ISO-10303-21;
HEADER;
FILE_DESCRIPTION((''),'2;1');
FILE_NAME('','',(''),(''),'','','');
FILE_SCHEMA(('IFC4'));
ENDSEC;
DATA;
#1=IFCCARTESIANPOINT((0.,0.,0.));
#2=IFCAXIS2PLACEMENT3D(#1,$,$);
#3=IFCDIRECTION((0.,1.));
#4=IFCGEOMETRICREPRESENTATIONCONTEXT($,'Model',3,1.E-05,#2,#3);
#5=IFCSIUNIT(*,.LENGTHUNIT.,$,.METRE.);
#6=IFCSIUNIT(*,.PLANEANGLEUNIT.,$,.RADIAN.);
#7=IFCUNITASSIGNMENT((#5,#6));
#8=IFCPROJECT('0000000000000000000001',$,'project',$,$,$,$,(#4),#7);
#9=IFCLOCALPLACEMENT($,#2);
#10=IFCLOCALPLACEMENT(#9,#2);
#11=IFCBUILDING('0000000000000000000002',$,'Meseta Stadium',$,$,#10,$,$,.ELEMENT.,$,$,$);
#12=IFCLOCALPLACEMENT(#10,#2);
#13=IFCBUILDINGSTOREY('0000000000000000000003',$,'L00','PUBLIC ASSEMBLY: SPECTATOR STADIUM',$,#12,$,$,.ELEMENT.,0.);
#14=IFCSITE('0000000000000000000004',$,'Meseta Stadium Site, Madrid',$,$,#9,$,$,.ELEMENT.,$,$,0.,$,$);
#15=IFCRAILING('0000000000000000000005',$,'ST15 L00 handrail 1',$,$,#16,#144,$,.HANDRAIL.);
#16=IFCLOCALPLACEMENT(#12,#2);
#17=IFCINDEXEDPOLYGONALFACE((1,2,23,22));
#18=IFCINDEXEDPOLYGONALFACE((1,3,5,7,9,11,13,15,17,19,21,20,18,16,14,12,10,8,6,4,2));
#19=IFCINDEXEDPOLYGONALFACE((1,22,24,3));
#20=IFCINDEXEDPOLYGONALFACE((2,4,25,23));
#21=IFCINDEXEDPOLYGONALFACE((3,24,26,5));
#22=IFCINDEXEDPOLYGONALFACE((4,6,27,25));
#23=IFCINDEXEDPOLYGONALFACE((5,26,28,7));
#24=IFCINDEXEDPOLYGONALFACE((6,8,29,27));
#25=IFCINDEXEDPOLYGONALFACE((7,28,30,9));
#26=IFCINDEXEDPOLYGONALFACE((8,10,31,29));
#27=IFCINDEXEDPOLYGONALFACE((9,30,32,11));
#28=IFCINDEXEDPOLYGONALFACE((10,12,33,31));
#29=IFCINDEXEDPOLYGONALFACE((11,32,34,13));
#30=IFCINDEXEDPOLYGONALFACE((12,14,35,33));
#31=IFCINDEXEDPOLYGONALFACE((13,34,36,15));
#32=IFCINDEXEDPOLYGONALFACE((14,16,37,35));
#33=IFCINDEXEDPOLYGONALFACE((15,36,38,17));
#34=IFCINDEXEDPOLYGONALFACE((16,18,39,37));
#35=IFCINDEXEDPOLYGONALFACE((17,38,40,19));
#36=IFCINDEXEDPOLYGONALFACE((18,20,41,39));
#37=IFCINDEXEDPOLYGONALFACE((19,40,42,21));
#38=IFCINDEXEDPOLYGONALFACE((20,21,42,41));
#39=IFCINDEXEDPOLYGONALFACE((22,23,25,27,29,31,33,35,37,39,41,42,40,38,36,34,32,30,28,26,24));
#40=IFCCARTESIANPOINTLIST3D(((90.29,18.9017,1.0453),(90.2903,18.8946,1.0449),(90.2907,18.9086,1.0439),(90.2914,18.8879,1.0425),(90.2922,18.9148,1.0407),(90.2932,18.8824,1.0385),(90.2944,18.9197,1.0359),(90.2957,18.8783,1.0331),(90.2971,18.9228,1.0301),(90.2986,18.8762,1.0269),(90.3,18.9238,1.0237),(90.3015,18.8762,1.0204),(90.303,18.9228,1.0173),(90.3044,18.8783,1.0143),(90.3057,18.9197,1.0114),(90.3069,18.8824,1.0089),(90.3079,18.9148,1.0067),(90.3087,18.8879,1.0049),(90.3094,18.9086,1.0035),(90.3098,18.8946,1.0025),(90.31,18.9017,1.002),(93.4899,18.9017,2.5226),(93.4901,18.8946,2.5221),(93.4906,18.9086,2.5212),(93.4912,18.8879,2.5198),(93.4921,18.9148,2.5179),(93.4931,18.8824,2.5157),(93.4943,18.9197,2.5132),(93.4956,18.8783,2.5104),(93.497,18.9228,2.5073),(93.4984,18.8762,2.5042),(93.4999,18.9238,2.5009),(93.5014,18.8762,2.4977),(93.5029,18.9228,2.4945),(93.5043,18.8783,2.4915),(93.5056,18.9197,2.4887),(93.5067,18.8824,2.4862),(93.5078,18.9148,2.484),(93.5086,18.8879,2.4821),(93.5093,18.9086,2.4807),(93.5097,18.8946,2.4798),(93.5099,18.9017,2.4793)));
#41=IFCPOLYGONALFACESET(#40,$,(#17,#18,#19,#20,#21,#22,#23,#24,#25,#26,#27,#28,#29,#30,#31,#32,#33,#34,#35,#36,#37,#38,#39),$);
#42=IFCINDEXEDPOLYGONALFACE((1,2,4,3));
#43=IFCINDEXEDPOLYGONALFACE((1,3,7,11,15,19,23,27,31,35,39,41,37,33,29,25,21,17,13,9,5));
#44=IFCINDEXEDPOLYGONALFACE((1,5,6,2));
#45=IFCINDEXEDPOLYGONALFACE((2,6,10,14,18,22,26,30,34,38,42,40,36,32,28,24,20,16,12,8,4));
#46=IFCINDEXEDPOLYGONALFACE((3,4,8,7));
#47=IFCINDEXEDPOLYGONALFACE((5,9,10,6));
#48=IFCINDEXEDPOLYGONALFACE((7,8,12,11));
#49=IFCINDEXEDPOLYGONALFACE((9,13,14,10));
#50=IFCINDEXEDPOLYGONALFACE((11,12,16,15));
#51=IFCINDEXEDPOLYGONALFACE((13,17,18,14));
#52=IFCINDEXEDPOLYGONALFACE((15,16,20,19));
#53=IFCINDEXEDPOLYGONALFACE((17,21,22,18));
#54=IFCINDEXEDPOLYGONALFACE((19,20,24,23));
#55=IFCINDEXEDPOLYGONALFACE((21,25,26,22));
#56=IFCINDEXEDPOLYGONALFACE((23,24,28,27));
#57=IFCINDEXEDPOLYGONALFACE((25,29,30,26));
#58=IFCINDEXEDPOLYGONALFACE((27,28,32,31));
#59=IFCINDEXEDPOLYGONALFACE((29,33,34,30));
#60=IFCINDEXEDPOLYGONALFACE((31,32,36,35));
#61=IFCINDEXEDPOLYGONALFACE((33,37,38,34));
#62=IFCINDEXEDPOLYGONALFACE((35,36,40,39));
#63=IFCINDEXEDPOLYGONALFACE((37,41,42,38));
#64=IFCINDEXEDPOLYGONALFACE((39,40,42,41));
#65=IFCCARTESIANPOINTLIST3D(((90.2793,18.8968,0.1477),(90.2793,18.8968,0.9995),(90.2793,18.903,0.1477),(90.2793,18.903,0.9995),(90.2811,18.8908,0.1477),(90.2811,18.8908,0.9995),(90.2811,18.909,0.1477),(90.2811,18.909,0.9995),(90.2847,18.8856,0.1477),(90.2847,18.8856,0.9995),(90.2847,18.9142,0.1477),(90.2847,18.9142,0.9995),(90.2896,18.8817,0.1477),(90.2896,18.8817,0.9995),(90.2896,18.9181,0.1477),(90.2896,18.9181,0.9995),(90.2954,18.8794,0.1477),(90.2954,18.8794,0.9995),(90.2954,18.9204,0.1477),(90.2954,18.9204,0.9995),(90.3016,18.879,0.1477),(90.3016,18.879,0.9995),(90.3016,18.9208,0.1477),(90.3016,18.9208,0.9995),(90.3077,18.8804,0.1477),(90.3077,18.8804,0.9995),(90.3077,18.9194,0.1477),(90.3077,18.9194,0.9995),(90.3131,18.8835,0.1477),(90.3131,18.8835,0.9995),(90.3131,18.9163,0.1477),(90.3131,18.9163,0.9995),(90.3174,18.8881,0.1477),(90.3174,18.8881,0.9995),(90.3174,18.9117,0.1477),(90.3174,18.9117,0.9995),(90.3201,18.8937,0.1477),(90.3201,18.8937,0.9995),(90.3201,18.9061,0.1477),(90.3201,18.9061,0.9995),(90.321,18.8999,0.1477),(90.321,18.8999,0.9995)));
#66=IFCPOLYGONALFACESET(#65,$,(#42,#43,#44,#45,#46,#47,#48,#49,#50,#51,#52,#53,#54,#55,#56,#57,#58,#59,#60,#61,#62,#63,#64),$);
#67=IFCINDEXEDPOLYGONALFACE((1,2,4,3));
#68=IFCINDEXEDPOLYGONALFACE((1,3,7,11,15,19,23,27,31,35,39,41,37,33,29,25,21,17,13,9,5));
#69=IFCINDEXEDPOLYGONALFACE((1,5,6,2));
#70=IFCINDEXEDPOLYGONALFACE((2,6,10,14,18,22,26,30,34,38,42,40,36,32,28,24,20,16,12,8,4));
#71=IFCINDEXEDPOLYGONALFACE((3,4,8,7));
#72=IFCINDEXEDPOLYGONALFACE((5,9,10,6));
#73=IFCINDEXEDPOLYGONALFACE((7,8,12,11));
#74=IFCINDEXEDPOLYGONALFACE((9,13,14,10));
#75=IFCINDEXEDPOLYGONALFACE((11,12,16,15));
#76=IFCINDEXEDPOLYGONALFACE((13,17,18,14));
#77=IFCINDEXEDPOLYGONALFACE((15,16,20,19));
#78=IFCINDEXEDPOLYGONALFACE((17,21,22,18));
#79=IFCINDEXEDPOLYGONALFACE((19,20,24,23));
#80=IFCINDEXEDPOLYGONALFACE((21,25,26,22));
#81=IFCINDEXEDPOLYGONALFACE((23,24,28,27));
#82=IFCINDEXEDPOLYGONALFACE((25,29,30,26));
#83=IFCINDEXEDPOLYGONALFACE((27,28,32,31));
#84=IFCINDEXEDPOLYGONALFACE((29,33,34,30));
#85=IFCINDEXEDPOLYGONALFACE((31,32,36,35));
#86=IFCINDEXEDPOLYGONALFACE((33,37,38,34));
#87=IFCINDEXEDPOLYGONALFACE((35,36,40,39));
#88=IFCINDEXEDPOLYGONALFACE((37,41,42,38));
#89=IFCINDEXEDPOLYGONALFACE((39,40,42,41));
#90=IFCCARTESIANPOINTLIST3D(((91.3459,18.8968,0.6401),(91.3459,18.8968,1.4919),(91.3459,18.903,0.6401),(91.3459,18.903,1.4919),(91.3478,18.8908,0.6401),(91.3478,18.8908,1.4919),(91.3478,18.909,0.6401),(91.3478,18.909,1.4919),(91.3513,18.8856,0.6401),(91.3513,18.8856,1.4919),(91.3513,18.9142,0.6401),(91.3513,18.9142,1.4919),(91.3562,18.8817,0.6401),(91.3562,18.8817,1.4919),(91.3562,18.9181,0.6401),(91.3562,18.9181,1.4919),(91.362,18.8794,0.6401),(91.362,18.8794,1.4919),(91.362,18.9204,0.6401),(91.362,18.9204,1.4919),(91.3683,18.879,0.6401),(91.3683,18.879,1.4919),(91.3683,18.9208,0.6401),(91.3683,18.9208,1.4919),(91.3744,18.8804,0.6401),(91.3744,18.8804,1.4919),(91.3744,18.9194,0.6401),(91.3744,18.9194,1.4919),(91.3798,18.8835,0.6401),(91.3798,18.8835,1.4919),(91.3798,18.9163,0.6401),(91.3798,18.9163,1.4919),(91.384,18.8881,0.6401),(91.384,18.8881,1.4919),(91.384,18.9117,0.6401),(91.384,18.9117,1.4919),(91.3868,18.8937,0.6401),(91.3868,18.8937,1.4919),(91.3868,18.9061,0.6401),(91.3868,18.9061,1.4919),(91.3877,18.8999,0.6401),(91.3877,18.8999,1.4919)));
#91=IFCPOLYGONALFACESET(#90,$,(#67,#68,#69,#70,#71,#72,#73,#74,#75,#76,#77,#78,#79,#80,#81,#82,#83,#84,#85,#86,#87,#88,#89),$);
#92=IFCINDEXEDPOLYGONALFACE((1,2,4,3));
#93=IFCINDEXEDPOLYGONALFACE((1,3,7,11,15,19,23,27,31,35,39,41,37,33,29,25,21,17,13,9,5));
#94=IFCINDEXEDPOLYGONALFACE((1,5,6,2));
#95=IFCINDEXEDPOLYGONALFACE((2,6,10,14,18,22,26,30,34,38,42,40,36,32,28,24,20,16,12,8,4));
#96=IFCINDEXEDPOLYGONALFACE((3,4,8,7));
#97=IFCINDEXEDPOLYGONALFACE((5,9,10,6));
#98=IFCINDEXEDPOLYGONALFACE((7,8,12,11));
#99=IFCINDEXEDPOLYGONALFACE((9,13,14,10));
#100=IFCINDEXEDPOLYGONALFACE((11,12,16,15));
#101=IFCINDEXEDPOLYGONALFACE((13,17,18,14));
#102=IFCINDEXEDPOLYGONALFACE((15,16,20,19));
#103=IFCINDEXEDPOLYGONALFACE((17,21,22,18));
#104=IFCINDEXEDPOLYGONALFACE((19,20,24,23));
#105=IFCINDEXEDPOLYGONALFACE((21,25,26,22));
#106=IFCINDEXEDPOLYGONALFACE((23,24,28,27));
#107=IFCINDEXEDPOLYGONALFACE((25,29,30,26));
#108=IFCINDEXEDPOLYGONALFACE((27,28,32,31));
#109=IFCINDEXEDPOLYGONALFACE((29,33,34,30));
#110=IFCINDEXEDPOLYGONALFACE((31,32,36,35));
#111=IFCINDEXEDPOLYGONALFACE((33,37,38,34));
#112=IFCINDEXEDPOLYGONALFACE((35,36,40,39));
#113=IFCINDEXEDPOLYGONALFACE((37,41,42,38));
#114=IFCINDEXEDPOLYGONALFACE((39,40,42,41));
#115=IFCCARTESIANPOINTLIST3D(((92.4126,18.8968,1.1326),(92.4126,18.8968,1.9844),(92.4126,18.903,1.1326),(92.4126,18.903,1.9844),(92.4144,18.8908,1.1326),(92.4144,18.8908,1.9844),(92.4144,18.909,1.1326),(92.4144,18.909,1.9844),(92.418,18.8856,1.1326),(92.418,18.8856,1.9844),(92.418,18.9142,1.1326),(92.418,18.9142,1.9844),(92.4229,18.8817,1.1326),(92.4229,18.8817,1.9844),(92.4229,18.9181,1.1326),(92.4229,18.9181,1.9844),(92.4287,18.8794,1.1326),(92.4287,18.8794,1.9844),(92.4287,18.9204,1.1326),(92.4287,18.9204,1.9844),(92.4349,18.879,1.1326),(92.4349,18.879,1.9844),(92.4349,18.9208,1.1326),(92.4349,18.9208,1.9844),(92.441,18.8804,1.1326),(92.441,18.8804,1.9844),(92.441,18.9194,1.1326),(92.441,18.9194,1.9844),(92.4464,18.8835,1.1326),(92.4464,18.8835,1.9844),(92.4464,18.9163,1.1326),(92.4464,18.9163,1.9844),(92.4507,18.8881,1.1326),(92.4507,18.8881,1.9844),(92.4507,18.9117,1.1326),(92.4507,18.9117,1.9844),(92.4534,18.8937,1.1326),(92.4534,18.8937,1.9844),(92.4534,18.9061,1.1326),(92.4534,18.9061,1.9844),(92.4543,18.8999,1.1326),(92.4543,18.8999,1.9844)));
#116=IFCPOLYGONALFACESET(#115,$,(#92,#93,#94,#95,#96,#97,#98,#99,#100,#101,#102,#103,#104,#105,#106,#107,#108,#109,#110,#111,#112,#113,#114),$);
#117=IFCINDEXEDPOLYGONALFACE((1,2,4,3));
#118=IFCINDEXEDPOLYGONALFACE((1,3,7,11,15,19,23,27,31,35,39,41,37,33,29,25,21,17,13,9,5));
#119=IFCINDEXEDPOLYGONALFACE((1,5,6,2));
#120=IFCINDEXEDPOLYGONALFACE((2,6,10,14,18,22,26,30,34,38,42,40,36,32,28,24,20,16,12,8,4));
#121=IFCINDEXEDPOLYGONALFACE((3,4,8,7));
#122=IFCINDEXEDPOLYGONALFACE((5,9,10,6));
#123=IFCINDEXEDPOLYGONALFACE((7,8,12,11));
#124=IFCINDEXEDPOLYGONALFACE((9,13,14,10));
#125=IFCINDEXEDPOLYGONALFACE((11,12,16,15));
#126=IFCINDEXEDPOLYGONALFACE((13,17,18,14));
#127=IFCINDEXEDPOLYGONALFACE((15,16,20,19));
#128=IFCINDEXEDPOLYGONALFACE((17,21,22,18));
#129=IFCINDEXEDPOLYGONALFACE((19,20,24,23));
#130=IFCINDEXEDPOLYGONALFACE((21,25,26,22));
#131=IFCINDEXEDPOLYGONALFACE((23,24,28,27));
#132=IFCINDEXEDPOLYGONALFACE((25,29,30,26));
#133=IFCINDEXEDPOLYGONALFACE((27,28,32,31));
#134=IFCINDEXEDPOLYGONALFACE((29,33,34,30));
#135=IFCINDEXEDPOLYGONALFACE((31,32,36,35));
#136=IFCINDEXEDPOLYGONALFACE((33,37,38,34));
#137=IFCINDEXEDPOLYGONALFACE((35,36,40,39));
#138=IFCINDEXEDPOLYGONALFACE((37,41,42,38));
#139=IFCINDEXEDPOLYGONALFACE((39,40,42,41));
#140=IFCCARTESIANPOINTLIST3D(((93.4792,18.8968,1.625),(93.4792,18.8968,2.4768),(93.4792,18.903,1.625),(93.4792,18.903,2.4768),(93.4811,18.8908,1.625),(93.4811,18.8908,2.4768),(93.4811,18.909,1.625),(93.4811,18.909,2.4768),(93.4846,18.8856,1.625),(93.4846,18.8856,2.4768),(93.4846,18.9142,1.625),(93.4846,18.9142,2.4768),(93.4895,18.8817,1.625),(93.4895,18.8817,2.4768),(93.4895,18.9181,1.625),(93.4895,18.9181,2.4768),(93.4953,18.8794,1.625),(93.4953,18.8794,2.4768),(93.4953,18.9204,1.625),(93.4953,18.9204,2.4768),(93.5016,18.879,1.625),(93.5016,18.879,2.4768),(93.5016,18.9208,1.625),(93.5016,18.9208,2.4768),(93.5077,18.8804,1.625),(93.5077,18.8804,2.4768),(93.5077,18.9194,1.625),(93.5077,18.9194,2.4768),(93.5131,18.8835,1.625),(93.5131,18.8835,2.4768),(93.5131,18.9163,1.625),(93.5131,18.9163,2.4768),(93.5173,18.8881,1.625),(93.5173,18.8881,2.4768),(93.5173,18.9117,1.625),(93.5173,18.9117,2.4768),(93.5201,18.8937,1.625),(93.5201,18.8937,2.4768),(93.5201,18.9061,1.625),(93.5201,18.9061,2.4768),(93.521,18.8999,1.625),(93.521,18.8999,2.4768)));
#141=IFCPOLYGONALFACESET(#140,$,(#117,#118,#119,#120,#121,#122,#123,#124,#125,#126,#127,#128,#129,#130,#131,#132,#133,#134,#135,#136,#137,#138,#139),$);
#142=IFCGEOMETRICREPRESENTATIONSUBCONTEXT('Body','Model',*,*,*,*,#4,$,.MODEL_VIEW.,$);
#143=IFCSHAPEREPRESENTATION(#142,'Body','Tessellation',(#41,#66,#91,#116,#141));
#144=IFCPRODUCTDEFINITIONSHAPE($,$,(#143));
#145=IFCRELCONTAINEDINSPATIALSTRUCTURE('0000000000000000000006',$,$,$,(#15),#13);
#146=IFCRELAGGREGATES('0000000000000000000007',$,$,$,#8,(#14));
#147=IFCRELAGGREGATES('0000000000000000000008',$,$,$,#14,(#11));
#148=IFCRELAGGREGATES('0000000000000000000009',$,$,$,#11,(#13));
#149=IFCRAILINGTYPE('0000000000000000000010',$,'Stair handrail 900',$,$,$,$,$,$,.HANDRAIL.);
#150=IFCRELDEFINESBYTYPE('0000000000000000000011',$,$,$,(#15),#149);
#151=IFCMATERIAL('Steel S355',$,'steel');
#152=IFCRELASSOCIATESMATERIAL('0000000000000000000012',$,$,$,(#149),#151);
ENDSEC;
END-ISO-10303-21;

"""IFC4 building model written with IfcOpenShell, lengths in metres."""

from ifc_helpers import new_model, si_unit, direction, frame, origin, origin_2d, place, context, subcontext, project, spatial, circle, extrude, material, type_object, element, save


model = new_model("IFC4")

# Units and contexts
model_context = context("Model", 3, precision=1e-05, world=origin(), true_north=direction((0.0, 1.0)))
body_context = subcontext(model_context, "Body", "Model", "MODEL_VIEW")
ifc_project = project(units=[si_unit("LENGTHUNIT", "METRE"), si_unit("PLANEANGLEUNIT", "RADIAN")], contexts=[model_context])

# Site, building, storey
site_placement = place(None, origin())
site = spatial("IfcSite", under=ifc_project, at=site_placement, Name="Meseta Stadium Site, Madrid", CompositionType="ELEMENT", RefElevation=0.0)
building_placement = place(site_placement, origin())
building = spatial("IfcBuilding", under=site, at=building_placement, Name="Meseta Stadium", CompositionType="ELEMENT")
storey_placement = place(building_placement, origin())
storey = spatial("IfcBuildingStorey", under=building, at=storey_placement, Name="L00", Description="PUBLIC ASSEMBLY: SPECTATOR STADIUM", CompositionType="ELEMENT", Elevation=0.0)

# Railing
ifc_material_1 = material(Name="Steel S355", Category="steel")
railing_type_1 = type_object("IfcRailingType", Name="Stair handrail 900", PredefinedType="HANDRAIL", material=ifc_material_1)
for number, where, name in (
    (1, (90.3, 18.8999, 0.1477), "ST15 L00 handrail 1"),
):
    element("IfcRailing", number, at=place(storey_placement, frame(where)), inside=storey, type_object=railing_type_1, Name=name, PredefinedType="HANDRAIL", context=body_context, shape_type="SweptSolid", body=[
        extrude(circle(Radius=0.0239, at=origin_2d()), frame((0.0, 0.0, 0.876), z_axis=(0.907917, 0.0, 0.41915), x_axis=(0.0, 1.0, 0.0)), (0.0, 0.0, 1.0), 3.5244),
        extrude(circle(Radius=0.021, at=origin_2d()), origin(), (0.0, 0.0, 1.0), 0.8518),
        extrude(circle(Radius=0.021, at=origin_2d()), frame((1.0667, 0.0, 0.4924)), (0.0, 0.0, 1.0), 0.8518),
        extrude(circle(Radius=0.021, at=origin_2d()), frame((2.1333, 0.0, 0.9849)), (0.0, 0.0, 1.0), 0.8518),
        extrude(circle(Radius=0.021, at=origin_2d()), frame((3.2, 0.0, 1.4773)), (0.0, 0.0, 1.0), 0.8518),
    ])

save(model, "model.ifc")
